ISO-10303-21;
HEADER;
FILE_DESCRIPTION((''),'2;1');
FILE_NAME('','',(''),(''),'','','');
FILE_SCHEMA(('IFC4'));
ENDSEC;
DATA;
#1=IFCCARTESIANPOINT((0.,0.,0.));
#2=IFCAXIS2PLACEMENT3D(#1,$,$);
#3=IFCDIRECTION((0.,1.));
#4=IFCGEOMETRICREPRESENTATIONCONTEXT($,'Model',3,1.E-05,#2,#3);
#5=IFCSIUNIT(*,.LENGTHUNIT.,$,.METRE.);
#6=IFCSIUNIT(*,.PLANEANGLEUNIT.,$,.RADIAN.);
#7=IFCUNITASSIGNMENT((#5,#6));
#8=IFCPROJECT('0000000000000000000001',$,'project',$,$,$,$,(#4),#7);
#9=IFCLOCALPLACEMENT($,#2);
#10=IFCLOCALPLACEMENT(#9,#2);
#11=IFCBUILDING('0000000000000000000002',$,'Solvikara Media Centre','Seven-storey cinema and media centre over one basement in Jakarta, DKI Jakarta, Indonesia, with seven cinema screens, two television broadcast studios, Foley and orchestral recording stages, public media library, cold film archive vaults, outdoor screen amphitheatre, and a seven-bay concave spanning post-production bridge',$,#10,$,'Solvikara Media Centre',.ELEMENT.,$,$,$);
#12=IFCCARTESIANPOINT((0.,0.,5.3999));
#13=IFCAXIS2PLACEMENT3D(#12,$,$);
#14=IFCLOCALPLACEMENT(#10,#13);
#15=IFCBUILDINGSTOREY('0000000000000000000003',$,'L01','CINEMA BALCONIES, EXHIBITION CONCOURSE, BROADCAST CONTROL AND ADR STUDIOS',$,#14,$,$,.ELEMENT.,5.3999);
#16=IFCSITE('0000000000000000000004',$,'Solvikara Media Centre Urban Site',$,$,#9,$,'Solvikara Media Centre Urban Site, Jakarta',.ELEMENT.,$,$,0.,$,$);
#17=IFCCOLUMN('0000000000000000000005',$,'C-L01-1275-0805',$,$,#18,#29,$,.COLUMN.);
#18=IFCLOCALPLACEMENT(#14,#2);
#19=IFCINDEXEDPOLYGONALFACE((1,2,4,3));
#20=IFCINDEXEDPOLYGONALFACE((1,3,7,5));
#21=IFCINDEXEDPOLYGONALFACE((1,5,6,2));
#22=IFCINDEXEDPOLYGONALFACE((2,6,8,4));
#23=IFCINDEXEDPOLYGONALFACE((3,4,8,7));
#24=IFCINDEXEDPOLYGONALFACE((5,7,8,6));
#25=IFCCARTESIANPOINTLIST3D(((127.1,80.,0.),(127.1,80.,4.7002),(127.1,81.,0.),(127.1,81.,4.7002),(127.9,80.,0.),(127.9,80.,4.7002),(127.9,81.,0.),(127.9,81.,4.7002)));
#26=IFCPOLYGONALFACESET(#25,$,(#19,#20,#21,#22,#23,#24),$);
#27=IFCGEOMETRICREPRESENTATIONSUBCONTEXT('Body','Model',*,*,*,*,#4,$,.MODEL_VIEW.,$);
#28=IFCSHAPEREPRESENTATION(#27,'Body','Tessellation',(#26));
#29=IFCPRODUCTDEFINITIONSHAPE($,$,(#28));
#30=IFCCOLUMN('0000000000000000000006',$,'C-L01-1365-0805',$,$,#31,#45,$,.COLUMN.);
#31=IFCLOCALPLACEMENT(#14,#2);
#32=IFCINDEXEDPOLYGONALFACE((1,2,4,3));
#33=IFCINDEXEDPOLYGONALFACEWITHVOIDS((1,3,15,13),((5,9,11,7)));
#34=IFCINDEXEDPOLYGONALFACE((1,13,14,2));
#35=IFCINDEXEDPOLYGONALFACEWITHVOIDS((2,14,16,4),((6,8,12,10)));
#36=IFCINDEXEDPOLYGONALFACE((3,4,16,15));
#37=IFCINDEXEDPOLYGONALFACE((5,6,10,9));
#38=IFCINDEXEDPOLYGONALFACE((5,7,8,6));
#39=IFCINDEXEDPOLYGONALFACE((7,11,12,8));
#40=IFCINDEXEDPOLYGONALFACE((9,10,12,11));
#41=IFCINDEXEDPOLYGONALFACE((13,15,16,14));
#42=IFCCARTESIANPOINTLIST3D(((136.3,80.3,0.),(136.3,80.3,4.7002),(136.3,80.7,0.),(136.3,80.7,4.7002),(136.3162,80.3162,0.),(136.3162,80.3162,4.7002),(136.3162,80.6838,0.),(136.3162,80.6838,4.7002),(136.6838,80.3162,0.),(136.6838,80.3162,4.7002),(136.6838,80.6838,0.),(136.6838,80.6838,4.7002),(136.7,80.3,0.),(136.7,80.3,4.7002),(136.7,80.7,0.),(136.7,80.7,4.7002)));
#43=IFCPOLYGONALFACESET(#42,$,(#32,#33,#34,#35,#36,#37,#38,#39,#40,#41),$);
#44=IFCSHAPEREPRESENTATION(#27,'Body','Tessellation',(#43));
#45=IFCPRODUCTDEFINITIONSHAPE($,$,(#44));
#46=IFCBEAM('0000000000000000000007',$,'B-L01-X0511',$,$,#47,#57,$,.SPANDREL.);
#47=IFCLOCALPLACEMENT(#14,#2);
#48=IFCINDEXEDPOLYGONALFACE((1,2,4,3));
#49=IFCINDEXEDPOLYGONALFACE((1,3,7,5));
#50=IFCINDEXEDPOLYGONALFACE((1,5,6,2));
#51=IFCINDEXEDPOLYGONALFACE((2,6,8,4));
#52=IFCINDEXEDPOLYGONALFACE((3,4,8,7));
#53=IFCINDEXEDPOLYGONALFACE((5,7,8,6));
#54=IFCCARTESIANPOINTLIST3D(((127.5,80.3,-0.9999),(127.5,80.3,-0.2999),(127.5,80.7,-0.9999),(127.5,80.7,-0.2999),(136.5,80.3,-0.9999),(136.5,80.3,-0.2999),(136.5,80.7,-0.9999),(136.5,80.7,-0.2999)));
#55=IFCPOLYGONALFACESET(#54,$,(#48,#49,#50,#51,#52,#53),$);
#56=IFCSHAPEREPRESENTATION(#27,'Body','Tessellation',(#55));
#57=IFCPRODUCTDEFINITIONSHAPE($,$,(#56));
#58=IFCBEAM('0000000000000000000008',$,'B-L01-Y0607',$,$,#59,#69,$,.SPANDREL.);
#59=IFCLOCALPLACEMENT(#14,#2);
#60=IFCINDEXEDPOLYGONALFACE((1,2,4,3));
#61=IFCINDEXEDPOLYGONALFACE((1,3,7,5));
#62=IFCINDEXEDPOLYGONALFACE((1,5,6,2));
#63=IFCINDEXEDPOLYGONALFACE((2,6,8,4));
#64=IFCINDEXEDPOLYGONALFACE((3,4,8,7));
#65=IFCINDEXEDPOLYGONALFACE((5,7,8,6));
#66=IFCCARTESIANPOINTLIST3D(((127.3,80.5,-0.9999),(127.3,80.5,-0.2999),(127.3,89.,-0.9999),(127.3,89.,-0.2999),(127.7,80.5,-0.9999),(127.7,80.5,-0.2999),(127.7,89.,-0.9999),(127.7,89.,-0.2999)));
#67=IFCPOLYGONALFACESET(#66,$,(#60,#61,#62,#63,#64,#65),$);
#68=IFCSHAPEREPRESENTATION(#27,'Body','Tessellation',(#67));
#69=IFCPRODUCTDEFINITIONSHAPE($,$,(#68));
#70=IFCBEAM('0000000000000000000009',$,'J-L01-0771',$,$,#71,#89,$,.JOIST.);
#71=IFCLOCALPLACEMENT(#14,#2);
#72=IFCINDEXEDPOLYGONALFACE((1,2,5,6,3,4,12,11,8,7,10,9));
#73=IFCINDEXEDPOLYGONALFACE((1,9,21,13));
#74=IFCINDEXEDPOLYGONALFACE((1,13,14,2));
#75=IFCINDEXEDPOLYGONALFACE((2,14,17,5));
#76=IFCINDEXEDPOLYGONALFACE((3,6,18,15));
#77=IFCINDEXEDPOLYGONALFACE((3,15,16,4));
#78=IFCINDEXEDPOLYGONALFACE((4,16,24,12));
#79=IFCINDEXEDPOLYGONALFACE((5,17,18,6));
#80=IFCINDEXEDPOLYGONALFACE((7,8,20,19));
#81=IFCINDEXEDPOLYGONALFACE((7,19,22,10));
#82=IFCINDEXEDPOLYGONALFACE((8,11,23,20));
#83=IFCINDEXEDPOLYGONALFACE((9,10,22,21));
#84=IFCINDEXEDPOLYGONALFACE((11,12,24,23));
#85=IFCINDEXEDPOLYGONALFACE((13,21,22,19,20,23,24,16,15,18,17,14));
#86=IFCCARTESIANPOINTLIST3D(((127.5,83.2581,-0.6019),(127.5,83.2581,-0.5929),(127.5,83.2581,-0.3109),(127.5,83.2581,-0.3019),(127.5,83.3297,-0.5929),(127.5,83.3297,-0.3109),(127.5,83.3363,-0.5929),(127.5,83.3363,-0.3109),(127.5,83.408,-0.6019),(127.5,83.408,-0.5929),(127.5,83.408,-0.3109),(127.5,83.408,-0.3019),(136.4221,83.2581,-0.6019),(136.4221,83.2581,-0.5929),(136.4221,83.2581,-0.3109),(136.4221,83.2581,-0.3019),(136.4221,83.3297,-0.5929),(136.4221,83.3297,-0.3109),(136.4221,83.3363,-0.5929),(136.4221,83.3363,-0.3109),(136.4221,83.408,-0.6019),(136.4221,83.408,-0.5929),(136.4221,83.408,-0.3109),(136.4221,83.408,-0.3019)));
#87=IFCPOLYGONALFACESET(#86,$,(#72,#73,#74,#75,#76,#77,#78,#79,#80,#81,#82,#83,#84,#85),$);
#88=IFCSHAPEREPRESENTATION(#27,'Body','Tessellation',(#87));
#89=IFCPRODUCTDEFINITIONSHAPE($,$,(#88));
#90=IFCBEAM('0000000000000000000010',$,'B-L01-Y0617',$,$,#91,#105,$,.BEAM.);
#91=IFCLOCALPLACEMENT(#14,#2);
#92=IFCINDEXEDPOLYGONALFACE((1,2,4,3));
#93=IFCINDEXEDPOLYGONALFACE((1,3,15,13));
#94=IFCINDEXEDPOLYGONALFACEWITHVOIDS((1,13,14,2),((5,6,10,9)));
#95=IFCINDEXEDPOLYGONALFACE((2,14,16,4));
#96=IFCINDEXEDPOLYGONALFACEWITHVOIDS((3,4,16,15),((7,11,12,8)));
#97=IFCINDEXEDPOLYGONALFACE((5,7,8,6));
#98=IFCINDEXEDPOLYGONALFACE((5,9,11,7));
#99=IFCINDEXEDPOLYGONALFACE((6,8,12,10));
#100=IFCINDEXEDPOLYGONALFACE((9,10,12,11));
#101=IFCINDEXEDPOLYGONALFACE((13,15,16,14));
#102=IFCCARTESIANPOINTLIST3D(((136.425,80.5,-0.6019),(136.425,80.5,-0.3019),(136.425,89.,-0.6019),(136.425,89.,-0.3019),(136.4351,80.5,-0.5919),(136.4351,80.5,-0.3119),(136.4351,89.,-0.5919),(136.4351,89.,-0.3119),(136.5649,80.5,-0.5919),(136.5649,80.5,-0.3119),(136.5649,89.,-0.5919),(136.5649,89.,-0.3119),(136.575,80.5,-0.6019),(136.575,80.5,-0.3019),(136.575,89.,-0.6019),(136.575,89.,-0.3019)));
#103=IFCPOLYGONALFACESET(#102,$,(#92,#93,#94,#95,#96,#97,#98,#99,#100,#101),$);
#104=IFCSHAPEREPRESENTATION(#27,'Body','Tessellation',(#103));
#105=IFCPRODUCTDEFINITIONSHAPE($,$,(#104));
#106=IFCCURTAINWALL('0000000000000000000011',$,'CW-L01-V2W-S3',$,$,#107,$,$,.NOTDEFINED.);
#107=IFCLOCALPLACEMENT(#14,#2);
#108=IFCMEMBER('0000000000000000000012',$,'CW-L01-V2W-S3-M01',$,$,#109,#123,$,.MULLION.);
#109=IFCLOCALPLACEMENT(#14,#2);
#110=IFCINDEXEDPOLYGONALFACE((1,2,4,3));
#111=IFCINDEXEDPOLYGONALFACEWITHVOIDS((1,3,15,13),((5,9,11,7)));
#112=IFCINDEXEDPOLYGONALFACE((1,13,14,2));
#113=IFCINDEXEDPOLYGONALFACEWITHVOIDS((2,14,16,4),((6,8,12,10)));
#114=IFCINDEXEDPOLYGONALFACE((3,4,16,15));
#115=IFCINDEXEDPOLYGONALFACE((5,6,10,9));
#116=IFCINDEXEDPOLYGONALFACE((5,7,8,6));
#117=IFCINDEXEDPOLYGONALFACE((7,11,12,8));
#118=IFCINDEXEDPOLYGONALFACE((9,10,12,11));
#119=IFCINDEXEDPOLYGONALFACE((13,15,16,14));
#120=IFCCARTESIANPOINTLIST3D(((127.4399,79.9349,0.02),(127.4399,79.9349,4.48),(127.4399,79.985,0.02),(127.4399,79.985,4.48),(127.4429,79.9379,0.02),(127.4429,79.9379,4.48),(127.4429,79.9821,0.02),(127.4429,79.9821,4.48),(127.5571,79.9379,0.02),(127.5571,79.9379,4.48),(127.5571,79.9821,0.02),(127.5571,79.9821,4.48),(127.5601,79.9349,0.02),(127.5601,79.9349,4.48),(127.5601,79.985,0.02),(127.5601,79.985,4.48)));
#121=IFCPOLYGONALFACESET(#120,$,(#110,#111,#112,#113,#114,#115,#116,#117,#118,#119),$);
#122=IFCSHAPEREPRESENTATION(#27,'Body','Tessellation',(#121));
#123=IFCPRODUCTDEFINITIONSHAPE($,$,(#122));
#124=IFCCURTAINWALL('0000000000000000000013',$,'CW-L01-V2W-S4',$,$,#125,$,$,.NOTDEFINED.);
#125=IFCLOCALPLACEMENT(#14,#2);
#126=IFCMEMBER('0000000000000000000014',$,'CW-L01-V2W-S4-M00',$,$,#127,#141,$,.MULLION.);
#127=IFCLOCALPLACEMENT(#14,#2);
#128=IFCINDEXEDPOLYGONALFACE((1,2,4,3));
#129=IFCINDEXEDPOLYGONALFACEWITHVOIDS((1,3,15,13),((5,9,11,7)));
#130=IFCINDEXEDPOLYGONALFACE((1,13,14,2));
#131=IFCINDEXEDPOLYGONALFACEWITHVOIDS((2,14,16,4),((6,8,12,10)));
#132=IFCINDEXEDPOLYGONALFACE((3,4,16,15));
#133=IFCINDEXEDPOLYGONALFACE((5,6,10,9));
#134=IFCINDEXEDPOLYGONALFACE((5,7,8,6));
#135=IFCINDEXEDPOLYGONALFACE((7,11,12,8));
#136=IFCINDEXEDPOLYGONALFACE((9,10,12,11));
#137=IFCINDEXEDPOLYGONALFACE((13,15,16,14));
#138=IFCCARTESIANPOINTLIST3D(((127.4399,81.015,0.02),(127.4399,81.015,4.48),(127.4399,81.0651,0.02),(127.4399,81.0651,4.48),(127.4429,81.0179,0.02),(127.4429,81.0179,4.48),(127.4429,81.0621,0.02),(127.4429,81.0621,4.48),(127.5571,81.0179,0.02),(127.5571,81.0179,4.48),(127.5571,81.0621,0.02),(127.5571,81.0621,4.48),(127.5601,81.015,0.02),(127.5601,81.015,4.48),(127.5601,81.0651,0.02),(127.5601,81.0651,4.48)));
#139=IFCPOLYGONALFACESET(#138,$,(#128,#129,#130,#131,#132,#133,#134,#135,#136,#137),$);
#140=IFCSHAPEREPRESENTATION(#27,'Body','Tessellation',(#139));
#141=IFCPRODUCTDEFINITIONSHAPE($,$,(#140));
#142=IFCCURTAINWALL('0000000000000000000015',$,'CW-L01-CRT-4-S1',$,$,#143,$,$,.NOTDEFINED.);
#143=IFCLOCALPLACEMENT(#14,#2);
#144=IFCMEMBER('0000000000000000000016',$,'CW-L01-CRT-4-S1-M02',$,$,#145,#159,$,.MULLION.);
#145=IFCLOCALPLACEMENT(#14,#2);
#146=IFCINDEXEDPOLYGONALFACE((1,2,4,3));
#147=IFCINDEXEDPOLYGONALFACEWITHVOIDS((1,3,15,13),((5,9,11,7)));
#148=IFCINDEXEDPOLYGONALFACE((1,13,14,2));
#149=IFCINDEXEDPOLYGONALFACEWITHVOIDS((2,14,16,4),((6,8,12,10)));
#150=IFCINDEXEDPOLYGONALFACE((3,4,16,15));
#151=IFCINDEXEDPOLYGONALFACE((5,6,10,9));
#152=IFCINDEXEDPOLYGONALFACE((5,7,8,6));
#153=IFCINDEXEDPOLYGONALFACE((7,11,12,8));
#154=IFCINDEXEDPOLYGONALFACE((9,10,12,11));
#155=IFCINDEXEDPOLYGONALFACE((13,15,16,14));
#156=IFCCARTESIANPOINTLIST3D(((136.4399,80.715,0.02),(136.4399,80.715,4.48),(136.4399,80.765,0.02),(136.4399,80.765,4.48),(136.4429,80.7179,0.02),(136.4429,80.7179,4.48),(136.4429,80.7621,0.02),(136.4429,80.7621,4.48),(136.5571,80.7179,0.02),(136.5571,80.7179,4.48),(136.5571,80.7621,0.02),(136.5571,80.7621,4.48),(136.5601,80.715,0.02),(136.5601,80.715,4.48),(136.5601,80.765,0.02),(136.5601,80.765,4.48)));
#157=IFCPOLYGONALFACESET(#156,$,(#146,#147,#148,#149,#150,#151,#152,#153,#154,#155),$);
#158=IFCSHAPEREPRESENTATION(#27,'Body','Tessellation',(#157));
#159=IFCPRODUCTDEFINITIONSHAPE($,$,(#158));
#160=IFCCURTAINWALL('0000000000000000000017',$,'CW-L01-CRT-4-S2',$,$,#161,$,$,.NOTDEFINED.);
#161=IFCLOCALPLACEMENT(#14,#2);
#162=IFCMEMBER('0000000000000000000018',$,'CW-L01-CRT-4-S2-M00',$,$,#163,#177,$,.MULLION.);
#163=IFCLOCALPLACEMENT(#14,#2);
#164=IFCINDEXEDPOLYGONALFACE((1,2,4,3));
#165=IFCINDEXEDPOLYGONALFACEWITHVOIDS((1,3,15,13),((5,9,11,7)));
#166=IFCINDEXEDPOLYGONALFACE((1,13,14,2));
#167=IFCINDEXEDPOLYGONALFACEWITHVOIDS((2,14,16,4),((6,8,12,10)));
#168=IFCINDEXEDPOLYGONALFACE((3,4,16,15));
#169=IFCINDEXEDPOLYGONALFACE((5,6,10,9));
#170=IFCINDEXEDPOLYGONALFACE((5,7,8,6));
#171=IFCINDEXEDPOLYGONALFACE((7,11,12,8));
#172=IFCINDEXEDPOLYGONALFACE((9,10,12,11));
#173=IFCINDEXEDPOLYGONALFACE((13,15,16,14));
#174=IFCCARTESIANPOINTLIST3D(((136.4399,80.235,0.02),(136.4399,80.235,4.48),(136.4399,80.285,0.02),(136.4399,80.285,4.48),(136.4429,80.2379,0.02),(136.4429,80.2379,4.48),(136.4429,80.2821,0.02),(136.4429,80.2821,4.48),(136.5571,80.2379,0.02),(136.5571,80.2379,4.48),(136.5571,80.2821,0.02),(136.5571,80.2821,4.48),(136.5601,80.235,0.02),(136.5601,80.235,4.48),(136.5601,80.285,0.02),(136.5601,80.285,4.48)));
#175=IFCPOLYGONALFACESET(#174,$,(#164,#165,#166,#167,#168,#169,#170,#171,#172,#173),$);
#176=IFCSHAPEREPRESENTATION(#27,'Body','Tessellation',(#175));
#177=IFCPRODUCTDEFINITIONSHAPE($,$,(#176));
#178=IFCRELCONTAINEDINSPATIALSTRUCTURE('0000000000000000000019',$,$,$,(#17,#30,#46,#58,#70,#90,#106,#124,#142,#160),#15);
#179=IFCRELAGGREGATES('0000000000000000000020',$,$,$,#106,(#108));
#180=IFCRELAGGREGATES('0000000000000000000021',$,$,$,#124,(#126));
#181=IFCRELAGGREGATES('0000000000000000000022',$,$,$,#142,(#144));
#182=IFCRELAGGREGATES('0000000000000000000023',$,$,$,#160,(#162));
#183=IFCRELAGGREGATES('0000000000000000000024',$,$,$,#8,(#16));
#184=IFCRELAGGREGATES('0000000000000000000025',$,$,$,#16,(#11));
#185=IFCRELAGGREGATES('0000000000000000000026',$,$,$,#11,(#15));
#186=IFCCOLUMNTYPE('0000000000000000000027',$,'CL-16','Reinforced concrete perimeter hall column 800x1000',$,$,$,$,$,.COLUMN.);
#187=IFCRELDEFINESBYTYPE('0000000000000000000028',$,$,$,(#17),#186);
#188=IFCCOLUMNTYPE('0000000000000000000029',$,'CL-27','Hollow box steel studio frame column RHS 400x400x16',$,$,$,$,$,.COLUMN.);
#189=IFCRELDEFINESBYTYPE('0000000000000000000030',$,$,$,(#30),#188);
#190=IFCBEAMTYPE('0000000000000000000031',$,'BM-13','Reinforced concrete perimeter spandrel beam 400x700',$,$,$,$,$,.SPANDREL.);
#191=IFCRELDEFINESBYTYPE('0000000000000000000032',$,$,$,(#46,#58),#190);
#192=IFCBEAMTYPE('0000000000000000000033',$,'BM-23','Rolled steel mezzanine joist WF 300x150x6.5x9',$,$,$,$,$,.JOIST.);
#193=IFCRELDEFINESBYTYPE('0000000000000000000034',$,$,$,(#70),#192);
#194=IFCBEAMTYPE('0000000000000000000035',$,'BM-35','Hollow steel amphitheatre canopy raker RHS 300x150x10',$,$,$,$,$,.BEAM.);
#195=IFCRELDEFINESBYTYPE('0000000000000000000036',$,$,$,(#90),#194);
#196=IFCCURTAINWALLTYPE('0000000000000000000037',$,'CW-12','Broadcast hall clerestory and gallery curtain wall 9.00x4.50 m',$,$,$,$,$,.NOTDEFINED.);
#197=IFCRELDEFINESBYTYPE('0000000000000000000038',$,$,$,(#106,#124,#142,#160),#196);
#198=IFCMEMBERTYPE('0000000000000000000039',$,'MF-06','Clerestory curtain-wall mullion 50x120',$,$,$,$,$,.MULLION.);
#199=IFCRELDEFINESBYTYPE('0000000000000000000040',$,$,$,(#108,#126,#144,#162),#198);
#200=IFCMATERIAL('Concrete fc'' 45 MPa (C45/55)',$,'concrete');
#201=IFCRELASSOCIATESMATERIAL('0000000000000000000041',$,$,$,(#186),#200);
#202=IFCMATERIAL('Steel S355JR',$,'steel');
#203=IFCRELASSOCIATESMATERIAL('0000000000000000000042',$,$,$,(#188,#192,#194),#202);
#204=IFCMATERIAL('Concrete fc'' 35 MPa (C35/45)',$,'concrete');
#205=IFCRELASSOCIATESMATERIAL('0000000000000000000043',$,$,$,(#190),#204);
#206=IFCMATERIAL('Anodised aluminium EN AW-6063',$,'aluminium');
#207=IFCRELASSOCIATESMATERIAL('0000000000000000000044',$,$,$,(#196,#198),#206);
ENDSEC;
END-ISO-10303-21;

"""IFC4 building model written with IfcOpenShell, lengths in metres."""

from ifc_helpers import new_model, si_unit, direction, frame, origin, origin_2d, place, context, subcontext, project, spatial, rectangle, hollow_rectangle, i_section, extrude, material, material_profile, profile_set, type_object, element, aggregate, save


model = new_model("IFC4")

# Units and contexts
model_context = context("Model", 3, precision=1e-05, world=origin(), true_north=direction((0.0, 1.0)))
body_context = subcontext(model_context, "Body", "Model", "MODEL_VIEW")
ifc_project = project(units=[si_unit("LENGTHUNIT", "METRE"), si_unit("PLANEANGLEUNIT", "RADIAN")], contexts=[model_context])

# Site, building, storey
site_placement = place(None, origin())
site = spatial("IfcSite", under=ifc_project, at=site_placement, Name="Solvikara Media Centre Urban Site", LongName="Solvikara Media Centre Urban Site, Jakarta", CompositionType="ELEMENT", RefElevation=0.0)
building_placement = place(site_placement, origin())
building = spatial("IfcBuilding", under=site, at=building_placement, Name="Solvikara Media Centre", Description="Seven-storey cinema and media centre over one basement in Jakarta, DKI Jakarta, Indonesia, with seven cinema screens, two television broadcast studios, Foley and orchestral recording stages, public media library, cold film archive vaults, outdoor screen amphitheatre, and a seven-bay concave spanning post-production bridge", LongName="Solvikara Media Centre", CompositionType="ELEMENT")
storey_placement = place(building_placement, frame((0.0, 0.0, 5.3999)))
storey = spatial("IfcBuildingStorey", under=building, at=storey_placement, Name="L01", Description="CINEMA BALCONIES, EXHIBITION CONCOURSE, BROADCAST CONTROL AND ADR STUDIOS", CompositionType="ELEMENT", Elevation=5.3999)

# Columns
ifc_material_1 = material(Name="Concrete fc' 45 MPa (C45/55)", Category="concrete")
ifc_material_profile_1 = material_profile(ifc_material_1, rectangle(XDim=0.8, YDim=1.0, at=origin_2d()), Name="RC 800x1000")
ifc_profile_set_1 = profile_set([ifc_material_profile_1], Name="Concrete fc' 45 MPa (C45/55)")
column_type_1 = type_object("IfcColumnType", Name="CL-16", Description="Reinforced concrete perimeter hall column 800x1000", PredefinedType="COLUMN", material=ifc_profile_set_1)
column_1_placement = place(storey_placement, frame((127.5, 80.5, 0.0), z_axis=(0.0, 0.0, 1.0), x_axis=(1.0, 0.0, 0.0)))
element("IfcColumn", 1, at=column_1_placement, inside=storey, type_object=column_type_1, Name="C-L01-1275-0805", PredefinedType="COLUMN", context=body_context, shape_type="SweptSolid", body=[
    extrude(rectangle(XDim=0.8, YDim=1.0, at=origin_2d()), origin(), (0.0, 0.0, 1.0), 4.7002),
])
ifc_material_2 = material(Name="Steel S355JR", Category="steel")
ifc_material_profile_2 = material_profile(ifc_material_2, hollow_rectangle(XDim=0.3999, YDim=0.3999, WallThickness=0.0161, at=origin_2d()), Name="RHS 400x400x16")
ifc_profile_set_2 = profile_set([ifc_material_profile_2], Name="Steel S355JR")
column_type_2 = type_object("IfcColumnType", Name="CL-27", Description="Hollow box steel studio frame column RHS 400x400x16", PredefinedType="COLUMN", material=ifc_profile_set_2)
column_2_placement = place(storey_placement, frame((136.5, 80.5, 0.0), z_axis=(0.0, 0.0, 1.0), x_axis=(1.0, 0.0, 0.0)))
element("IfcColumn", 2, at=column_2_placement, inside=storey, type_object=column_type_2, Name="C-L01-1365-0805", PredefinedType="COLUMN", context=body_context, shape_type="SweptSolid", body=[
    extrude(hollow_rectangle(XDim=0.3999, YDim=0.3999, WallThickness=0.0161, at=origin_2d()), origin(), (0.0, 0.0, 1.0), 4.7002),
])

# Beams
ifc_material_3 = material(Name="Concrete fc' 35 MPa (C35/45)", Category="concrete")
ifc_material_profile_3 = material_profile(ifc_material_3, rectangle(XDim=0.3999, YDim=0.7, at=origin_2d()), Name="RC 400x700")
ifc_profile_set_3 = profile_set([ifc_material_profile_3], Name="Concrete fc' 35 MPa (C35/45)")
beam_type_1 = type_object("IfcBeamType", Name="BM-13", Description="Reinforced concrete perimeter spandrel beam 400x700", PredefinedType="SPANDREL", material=ifc_profile_set_3)
beam_1_placement = place(storey_placement, frame((127.5, 80.5, -0.6499), z_axis=(1.0, 0.0, 0.0), x_axis=(0.0, 1.0, 0.0)))
element("IfcBeam", 3, at=beam_1_placement, inside=storey, type_object=beam_type_1, Name="B-L01-X0511", PredefinedType="SPANDREL", context=body_context, shape_type="SweptSolid", body=[
    extrude(rectangle(XDim=0.3999, YDim=0.7, at=origin_2d()), origin(), (0.0, 0.0, 1.0), 9.0),
])
beam_2_placement = place(storey_placement, frame((127.5, 80.5, -0.6499), z_axis=(0.0, 1.0, 0.0), x_axis=(-1.0, 0.0, 0.0)))
element("IfcBeam", 4, at=beam_2_placement, inside=storey, type_object=beam_type_1, Name="B-L01-Y0607", PredefinedType="SPANDREL", context=body_context, shape_type="SweptSolid", body=[
    extrude(rectangle(XDim=0.3999, YDim=0.7, at=origin_2d()), origin(), (0.0, 0.0, 1.0), 8.5),
])
ifc_material_profile_4 = material_profile(ifc_material_2, i_section(OverallWidth=0.1499, OverallDepth=0.3, WebThickness=0.0066, FlangeThickness=0.009, at=origin_2d()), Name="WF 300x150x6.5x9")
ifc_profile_set_4 = profile_set([ifc_material_profile_4], Name="Steel S355JR")
beam_type_2 = type_object("IfcBeamType", Name="BM-23", Description="Rolled steel mezzanine joist WF 300x150x6.5x9", PredefinedType="JOIST", material=ifc_profile_set_4)
beam_3_placement = place(storey_placement, frame((127.5, 83.333, -0.4519), z_axis=(1.0, 0.0, 0.0), x_axis=(0.0, 1.0, 0.0)))
element("IfcBeam", 5, at=beam_3_placement, inside=storey, type_object=beam_type_2, Name="J-L01-0771", PredefinedType="JOIST", context=body_context, shape_type="SweptSolid", body=[
    extrude(i_section(OverallWidth=0.1499, OverallDepth=0.3, WebThickness=0.0066, FlangeThickness=0.009, at=origin_2d()), origin(), (0.0, 0.0, 1.0), 8.9221),
])
ifc_material_profile_5 = material_profile(ifc_material_2, hollow_rectangle(XDim=0.1499, YDim=0.3, WallThickness=0.01, at=origin_2d()), Name="RHS 300x150x10")
ifc_profile_set_5 = profile_set([ifc_material_profile_5], Name="Steel S355JR")
beam_type_3 = type_object("IfcBeamType", Name="BM-35", Description="Hollow steel amphitheatre canopy raker RHS 300x150x10", PredefinedType="BEAM", material=ifc_profile_set_5)
beam_4_placement = place(storey_placement, frame((136.5, 80.5, -0.4519), z_axis=(0.0, 1.0, 0.0), x_axis=(-1.0, 0.0, 0.0)))
element("IfcBeam", 6, at=beam_4_placement, inside=storey, type_object=beam_type_3, Name="B-L01-Y0617", PredefinedType="BEAM", context=body_context, shape_type="SweptSolid", body=[
    extrude(hollow_rectangle(XDim=0.1499, YDim=0.3, WallThickness=0.01, at=origin_2d()), origin(), (0.0, 0.0, 1.0), 8.5),
])

# Curtain walls, members
ifc_material_4 = material(Name="Anodised aluminium EN AW-6063", Category="aluminium")
curtain_wall_type = type_object("IfcCurtainWallType", Name="CW-12", Description="Broadcast hall clerestory and gallery curtain wall 9.00x4.50 m", PredefinedType="NOTDEFINED", material=ifc_material_4)
curtain_wall_1_placement = place(storey_placement, origin())
curtain_wall_1 = element("IfcCurtainWall", 7, at=curtain_wall_1_placement, inside=storey, type_object=curtain_wall_type, Name="CW-L01-V2W-S3", PredefinedType="NOTDEFINED")
ifc_material_profile_6 = material_profile(ifc_material_4, hollow_rectangle(XDim=0.05, YDim=0.1201, WallThickness=0.0029, at=origin_2d()), Name="ALU-M 50x120x3")
ifc_profile_set_6 = profile_set([ifc_material_profile_6], Name="Anodised aluminium EN AW-6063")
member_type_1 = type_object("IfcMemberType", Name="MF-06", Description="Clerestory curtain-wall mullion 50x120", PredefinedType="MULLION", material=ifc_profile_set_6)
member_1_placement = place(storey_placement, frame((127.5, 79.96, 0.02), z_axis=(0.0, 0.0, 1.0), x_axis=(0.0, 1.0, 0.0)))
member_1 = element("IfcMember", 8, at=member_1_placement, type_object=member_type_1, Name="CW-L01-V2W-S3-M01", PredefinedType="MULLION", context=body_context, shape_type="SweptSolid", body=[
    extrude(hollow_rectangle(XDim=0.05, YDim=0.1201, WallThickness=0.0029, at=origin_2d()), origin(), (0.0, 0.0, 1.0), 4.46),
])
aggregate(curtain_wall_1, [member_1])
curtain_wall_2_placement = place(storey_placement, origin())
curtain_wall_2 = element("IfcCurtainWall", 9, at=curtain_wall_2_placement, inside=storey, type_object=curtain_wall_type, Name="CW-L01-V2W-S4", PredefinedType="NOTDEFINED")
member_2_placement = place(storey_placement, frame((127.5, 81.04, 0.02), z_axis=(0.0, 0.0, 1.0), x_axis=(0.0, 1.0, 0.0)))
member_2 = element("IfcMember", 10, at=member_2_placement, type_object=member_type_1, Name="CW-L01-V2W-S4-M00", PredefinedType="MULLION", context=body_context, shape_type="SweptSolid", body=[
    extrude(hollow_rectangle(XDim=0.05, YDim=0.1201, WallThickness=0.0029, at=origin_2d()), origin(), (0.0, 0.0, 1.0), 4.46),
])
curtain_wall_3_placement = place(storey_placement, origin())
curtain_wall_3 = element("IfcCurtainWall", 11, at=curtain_wall_3_placement, inside=storey, type_object=curtain_wall_type, Name="CW-L01-CRT-4-S1", PredefinedType="NOTDEFINED")
member_3_placement = place(storey_placement, frame((136.5, 80.74, 0.02), z_axis=(0.0, 0.0, 1.0), x_axis=(0.0, -1.0, 0.0)))
member_3 = element("IfcMember", 12, at=member_3_placement, type_object=member_type_1, Name="CW-L01-CRT-4-S1-M02", PredefinedType="MULLION", context=body_context, shape_type="SweptSolid", body=[
    extrude(hollow_rectangle(XDim=0.05, YDim=0.1201, WallThickness=0.0029, at=origin_2d()), origin(), (0.0, 0.0, 1.0), 4.46),
])
curtain_wall_4_placement = place(storey_placement, origin())
curtain_wall_4 = element("IfcCurtainWall", 13, at=curtain_wall_4_placement, inside=storey, type_object=curtain_wall_type, Name="CW-L01-CRT-4-S2", PredefinedType="NOTDEFINED")
member_4_placement = place(storey_placement, frame((136.5, 80.26, 0.02), z_axis=(0.0, 0.0, 1.0), x_axis=(0.0, -1.0, 0.0)))
member_4 = element("IfcMember", 14, at=member_4_placement, type_object=member_type_1, Name="CW-L01-CRT-4-S2-M00", PredefinedType="MULLION", context=body_context, shape_type="SweptSolid", body=[
    extrude(hollow_rectangle(XDim=0.05, YDim=0.1201, WallThickness=0.0029, at=origin_2d()), origin(), (0.0, 0.0, 1.0), 4.46),
])

aggregate(curtain_wall_2, [member_2])

aggregate(curtain_wall_3, [member_3])
aggregate(curtain_wall_4, [member_4])

save(model, "model.ifc")
